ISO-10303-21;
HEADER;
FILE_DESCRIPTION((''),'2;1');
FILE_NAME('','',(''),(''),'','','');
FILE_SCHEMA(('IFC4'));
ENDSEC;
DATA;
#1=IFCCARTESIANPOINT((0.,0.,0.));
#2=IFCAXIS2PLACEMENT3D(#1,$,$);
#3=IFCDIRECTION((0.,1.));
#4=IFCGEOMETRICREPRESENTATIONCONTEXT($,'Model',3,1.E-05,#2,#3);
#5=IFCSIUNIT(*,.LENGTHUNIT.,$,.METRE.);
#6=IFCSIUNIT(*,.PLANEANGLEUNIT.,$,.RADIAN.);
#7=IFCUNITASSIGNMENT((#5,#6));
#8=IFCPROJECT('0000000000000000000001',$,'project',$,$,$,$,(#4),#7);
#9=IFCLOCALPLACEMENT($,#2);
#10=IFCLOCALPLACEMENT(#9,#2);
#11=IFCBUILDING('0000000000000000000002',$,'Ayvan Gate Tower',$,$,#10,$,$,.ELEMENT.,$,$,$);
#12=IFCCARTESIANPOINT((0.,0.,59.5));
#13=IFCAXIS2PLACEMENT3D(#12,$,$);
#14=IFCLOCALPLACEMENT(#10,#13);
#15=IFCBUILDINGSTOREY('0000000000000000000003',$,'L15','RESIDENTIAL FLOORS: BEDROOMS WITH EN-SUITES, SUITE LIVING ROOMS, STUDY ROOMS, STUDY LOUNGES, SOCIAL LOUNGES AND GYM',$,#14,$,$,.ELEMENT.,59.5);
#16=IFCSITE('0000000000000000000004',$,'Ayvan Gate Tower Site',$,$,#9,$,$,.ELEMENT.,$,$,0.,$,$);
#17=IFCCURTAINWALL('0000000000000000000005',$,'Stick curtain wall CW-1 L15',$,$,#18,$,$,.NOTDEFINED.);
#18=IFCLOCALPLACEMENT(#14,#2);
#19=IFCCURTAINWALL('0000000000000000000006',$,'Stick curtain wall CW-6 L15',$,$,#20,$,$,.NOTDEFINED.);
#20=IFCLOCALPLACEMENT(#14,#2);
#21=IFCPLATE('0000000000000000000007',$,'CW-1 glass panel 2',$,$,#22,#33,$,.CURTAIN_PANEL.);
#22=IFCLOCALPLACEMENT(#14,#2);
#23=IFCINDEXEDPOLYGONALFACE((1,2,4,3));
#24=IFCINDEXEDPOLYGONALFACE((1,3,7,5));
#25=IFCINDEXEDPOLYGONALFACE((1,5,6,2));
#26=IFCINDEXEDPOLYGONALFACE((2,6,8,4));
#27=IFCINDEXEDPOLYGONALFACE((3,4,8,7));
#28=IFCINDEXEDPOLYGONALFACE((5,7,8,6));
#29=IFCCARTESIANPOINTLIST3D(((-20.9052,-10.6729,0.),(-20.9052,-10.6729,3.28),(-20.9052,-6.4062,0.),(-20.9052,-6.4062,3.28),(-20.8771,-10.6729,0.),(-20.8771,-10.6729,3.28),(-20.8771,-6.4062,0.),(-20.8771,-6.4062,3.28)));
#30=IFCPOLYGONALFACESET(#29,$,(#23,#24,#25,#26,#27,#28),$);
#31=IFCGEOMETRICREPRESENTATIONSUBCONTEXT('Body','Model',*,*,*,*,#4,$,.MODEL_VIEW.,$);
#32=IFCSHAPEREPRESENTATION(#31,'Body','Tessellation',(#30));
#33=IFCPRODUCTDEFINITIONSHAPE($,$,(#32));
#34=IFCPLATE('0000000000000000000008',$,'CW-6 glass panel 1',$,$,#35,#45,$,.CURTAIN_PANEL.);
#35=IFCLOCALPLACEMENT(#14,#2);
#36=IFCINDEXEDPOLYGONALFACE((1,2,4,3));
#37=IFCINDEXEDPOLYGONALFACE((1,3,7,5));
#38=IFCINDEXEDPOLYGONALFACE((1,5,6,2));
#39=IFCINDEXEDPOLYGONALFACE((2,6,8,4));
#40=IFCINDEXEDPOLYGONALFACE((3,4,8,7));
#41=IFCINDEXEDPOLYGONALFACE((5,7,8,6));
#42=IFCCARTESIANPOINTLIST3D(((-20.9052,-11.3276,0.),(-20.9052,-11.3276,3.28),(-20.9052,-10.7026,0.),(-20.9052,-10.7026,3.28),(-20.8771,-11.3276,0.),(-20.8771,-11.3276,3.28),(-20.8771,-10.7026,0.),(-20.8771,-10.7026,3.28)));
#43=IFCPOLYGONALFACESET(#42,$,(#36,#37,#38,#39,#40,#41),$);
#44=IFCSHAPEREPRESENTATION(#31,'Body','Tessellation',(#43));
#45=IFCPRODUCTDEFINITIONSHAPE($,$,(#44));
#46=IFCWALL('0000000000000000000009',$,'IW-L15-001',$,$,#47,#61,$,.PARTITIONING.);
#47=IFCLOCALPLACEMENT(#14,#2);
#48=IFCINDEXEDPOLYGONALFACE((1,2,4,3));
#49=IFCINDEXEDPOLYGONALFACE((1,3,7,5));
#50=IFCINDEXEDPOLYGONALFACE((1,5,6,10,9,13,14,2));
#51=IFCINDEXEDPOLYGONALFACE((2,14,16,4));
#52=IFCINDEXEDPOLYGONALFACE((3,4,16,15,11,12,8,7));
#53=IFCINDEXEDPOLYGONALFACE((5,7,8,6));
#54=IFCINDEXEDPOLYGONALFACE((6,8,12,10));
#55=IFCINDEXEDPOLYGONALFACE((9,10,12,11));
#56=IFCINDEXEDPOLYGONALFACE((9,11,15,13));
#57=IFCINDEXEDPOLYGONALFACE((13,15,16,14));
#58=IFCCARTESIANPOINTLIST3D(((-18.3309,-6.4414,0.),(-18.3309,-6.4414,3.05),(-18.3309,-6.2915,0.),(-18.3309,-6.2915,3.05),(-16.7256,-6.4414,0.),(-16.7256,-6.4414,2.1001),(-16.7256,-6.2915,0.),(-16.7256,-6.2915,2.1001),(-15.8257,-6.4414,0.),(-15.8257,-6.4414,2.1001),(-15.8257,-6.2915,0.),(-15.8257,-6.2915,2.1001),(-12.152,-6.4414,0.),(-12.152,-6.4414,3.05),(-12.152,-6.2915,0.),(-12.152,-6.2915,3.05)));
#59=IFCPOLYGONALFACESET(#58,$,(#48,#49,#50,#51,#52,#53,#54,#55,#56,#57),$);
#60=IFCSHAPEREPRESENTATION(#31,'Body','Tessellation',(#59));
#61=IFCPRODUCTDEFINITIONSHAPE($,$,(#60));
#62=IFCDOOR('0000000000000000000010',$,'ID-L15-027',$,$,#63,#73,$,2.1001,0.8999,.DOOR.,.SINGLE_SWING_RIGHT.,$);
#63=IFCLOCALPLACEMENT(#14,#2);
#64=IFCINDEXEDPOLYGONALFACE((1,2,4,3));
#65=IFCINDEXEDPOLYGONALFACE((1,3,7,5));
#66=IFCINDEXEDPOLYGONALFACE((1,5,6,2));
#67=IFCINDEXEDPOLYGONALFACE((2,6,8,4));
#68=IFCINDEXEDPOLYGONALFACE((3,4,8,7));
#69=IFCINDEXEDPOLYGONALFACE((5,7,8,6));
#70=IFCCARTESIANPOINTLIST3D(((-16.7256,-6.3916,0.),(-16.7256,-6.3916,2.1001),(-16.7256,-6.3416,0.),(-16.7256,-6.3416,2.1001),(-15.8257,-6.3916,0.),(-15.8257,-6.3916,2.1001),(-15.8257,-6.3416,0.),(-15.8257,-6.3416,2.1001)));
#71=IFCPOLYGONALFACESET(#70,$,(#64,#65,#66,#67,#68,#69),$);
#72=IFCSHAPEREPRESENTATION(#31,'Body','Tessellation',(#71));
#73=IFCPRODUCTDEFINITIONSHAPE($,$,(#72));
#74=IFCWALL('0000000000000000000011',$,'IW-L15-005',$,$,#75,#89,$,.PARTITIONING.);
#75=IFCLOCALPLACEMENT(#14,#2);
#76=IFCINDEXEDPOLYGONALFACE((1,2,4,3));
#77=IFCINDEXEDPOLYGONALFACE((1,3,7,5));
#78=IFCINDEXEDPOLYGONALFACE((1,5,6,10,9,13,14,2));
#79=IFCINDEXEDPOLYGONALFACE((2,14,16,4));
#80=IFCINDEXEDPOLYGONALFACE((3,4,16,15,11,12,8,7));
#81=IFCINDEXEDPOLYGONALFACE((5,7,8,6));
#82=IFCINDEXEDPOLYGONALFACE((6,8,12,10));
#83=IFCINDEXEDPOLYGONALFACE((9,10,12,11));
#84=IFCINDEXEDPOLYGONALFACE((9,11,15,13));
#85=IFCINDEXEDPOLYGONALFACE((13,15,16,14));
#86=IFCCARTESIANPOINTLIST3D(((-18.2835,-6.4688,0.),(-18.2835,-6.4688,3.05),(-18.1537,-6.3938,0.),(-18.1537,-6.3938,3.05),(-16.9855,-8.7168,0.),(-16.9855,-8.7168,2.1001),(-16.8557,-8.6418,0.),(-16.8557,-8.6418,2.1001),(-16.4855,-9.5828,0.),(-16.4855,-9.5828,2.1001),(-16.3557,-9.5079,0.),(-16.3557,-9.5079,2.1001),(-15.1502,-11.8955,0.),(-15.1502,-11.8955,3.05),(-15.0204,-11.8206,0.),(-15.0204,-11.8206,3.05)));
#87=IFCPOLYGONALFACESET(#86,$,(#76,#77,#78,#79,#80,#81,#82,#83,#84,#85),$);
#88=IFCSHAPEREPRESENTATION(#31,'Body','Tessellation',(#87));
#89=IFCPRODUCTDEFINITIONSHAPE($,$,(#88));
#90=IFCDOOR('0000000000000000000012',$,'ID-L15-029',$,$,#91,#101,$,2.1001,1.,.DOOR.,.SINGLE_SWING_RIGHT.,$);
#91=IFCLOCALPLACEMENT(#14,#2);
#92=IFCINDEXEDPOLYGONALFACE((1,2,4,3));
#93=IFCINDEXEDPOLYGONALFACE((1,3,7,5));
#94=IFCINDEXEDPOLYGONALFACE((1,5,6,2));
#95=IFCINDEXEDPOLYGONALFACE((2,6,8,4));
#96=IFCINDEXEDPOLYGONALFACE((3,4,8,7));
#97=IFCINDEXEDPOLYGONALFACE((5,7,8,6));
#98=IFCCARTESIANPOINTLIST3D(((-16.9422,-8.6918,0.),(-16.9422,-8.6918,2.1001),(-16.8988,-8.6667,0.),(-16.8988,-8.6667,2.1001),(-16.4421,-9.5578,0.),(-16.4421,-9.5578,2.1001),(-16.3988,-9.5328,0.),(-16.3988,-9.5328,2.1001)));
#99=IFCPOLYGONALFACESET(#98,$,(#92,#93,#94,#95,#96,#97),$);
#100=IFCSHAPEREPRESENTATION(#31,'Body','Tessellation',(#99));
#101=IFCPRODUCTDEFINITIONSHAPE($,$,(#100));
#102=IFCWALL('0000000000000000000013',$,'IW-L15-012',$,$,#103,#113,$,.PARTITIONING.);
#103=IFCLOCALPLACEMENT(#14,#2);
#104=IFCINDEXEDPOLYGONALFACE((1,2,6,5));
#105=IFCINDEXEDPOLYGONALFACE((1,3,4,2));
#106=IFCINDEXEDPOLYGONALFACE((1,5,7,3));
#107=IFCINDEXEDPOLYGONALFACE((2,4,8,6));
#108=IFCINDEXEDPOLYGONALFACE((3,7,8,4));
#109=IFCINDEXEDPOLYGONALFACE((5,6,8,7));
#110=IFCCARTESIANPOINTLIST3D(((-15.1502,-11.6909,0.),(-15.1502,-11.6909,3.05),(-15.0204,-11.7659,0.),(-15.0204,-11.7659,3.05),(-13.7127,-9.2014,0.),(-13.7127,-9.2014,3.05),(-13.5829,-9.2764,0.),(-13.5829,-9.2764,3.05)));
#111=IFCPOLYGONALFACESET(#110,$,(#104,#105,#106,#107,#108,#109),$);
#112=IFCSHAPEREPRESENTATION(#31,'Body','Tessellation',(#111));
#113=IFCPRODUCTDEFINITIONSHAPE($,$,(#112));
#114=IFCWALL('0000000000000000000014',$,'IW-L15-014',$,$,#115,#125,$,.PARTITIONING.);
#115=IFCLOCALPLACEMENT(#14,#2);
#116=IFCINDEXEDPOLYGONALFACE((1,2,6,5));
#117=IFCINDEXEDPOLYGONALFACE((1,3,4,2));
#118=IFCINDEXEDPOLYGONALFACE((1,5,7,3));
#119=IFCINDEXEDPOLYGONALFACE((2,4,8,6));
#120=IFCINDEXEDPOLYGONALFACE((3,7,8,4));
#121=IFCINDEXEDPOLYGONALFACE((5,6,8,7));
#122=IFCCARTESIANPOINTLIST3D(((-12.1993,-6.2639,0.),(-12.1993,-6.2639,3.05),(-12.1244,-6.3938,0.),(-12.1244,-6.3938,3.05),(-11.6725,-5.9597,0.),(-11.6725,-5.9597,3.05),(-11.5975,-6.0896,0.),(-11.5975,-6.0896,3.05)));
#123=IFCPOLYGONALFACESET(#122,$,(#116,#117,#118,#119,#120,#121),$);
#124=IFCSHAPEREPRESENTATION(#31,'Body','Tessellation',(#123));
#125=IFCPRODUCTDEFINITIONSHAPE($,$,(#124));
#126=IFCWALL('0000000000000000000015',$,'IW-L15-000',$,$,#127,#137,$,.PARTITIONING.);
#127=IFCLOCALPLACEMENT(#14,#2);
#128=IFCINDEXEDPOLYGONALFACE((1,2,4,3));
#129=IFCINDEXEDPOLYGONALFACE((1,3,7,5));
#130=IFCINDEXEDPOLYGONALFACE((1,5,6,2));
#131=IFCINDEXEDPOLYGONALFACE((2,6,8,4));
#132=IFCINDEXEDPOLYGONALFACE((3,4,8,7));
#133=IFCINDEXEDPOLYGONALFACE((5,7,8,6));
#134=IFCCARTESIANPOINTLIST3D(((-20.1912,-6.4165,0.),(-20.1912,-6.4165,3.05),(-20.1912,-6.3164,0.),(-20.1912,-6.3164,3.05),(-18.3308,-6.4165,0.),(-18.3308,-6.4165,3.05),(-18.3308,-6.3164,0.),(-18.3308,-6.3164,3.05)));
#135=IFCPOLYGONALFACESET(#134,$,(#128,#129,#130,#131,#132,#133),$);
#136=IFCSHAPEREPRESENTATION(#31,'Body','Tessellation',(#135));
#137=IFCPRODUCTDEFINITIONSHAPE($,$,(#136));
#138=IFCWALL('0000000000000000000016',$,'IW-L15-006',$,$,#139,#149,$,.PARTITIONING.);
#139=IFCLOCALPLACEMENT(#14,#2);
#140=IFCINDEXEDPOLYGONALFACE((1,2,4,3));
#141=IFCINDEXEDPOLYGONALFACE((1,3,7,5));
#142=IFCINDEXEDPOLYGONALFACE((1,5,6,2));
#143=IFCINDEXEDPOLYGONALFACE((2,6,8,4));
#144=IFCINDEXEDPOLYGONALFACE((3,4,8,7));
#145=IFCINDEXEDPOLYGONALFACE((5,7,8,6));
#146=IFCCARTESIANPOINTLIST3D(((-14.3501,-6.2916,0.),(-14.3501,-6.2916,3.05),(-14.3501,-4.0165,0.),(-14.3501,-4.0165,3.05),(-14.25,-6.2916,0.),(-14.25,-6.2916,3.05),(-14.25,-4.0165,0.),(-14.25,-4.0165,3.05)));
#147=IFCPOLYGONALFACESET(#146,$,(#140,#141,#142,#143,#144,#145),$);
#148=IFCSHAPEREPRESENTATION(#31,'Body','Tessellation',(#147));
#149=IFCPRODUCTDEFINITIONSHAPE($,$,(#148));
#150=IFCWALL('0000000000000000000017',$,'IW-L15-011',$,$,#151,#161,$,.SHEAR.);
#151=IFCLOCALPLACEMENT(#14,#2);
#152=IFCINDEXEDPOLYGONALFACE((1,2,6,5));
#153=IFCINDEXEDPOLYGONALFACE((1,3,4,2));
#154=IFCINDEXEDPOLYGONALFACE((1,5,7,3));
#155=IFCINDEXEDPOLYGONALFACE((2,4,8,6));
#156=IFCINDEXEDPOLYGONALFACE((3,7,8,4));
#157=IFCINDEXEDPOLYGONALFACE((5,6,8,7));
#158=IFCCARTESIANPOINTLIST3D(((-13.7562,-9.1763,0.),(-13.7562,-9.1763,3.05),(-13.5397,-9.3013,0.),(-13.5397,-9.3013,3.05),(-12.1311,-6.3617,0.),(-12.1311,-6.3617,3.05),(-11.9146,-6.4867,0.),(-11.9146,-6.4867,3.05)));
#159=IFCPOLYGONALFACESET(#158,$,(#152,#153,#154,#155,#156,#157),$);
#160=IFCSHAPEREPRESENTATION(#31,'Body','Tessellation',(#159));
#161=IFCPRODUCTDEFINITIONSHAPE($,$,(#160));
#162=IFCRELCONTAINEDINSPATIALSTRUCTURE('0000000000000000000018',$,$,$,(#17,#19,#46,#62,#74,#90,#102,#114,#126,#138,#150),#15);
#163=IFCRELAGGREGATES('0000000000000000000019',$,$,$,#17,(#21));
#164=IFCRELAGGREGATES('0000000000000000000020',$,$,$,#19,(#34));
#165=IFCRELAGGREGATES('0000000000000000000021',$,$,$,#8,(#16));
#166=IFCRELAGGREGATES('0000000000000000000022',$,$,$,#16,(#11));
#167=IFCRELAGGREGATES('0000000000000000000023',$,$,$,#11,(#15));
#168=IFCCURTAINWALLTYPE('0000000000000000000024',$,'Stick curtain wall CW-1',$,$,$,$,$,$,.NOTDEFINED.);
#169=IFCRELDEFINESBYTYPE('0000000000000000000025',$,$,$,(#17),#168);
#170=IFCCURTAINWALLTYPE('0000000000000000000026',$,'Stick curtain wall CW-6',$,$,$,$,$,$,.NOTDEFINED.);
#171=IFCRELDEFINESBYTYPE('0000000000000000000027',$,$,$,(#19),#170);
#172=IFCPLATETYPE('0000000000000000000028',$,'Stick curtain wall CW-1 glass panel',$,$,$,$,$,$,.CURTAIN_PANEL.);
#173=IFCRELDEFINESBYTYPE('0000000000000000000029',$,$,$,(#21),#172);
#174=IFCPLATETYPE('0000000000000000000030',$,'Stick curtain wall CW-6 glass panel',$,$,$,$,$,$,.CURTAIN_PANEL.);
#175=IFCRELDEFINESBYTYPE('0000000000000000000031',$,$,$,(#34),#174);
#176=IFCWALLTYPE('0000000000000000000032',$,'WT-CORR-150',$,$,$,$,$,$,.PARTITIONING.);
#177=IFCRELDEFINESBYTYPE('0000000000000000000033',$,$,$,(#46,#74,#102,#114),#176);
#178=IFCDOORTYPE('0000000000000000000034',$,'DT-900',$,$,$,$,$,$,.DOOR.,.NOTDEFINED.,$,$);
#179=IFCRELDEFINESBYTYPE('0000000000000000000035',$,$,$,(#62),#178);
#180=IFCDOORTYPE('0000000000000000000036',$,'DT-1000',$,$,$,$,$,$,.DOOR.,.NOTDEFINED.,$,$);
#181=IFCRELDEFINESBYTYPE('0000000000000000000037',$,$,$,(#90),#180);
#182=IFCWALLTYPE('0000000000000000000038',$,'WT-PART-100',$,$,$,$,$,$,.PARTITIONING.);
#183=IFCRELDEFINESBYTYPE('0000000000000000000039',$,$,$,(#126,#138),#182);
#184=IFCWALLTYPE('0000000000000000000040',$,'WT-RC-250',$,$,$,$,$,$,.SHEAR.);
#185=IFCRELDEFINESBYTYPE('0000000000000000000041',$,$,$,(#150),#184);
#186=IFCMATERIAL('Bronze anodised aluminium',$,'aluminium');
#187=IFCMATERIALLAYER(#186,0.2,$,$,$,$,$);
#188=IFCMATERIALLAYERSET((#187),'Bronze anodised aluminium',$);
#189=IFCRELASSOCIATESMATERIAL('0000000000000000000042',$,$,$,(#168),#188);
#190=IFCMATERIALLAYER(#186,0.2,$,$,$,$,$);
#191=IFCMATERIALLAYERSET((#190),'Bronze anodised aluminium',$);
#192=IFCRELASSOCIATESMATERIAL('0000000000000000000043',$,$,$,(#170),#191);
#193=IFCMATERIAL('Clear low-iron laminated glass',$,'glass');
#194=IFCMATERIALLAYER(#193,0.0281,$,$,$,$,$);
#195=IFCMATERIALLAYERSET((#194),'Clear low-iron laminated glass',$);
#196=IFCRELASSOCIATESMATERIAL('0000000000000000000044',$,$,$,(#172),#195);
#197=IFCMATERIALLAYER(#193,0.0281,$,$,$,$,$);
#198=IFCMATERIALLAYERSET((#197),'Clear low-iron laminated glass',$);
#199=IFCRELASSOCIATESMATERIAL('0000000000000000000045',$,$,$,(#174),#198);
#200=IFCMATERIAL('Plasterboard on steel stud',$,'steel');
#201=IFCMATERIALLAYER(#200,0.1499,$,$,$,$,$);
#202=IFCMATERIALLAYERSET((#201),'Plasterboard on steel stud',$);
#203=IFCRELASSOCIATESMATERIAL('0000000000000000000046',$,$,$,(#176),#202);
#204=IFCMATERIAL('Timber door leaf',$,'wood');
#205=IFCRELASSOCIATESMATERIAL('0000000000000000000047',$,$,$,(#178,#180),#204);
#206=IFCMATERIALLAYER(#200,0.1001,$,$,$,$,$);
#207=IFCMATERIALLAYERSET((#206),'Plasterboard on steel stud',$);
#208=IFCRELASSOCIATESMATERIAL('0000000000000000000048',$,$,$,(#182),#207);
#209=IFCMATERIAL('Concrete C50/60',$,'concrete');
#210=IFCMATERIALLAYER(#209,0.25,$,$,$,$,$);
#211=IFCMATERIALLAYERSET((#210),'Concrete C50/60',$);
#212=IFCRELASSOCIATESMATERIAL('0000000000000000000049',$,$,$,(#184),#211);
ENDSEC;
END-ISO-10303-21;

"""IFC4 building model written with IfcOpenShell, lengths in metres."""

from ifc_helpers import new_model, si_unit, direction, frame, frame_2d, origin, origin_2d, place, context, subcontext, project, spatial, rectangle, extrude, material, layer, layer_set, type_object, element, fill, aggregate, save


model = new_model("IFC4")

# Units and contexts
model_context = context("Model", 3, precision=1e-05, world=origin(), true_north=direction((0.0, 1.0)))
body_context = subcontext(model_context, "Body", "Model", "MODEL_VIEW")
ifc_project = project(units=[si_unit("LENGTHUNIT", "METRE"), si_unit("PLANEANGLEUNIT", "RADIAN")], contexts=[model_context])

# Site, building, storey
site_placement = place(None, origin())
site = spatial("IfcSite", under=ifc_project, at=site_placement, Name="Ayvan Gate Tower Site", CompositionType="ELEMENT", RefElevation=0.0)
building_placement = place(site_placement, origin())
building = spatial("IfcBuilding", under=site, at=building_placement, Name="Ayvan Gate Tower", CompositionType="ELEMENT")
storey_placement = place(building_placement, frame((0.0, 0.0, 59.5)))
storey = spatial("IfcBuildingStorey", under=building, at=storey_placement, Name="L15", Description="RESIDENTIAL FLOORS: BEDROOMS WITH EN-SUITES, SUITE LIVING ROOMS, STUDY ROOMS, STUDY LOUNGES, SOCIAL LOUNGES AND GYM", CompositionType="ELEMENT", Elevation=59.5)

# Curtain walls
ifc_material_1 = material(Name="Bronze anodised aluminium", Category="aluminium")
ifc_layer_1 = layer(ifc_material_1, 0.2)
ifc_layer_set_1 = layer_set([ifc_layer_1], Name="Bronze anodised aluminium")
curtain_wall_type_1 = type_object("IfcCurtainWallType", Name="Stick curtain wall CW-1", PredefinedType="NOTDEFINED", material=ifc_layer_set_1)
curtain_wall_1_placement = place(storey_placement, origin())
curtain_wall_1 = element("IfcCurtainWall", 1, at=curtain_wall_1_placement, inside=storey, type_object=curtain_wall_type_1, Name="Stick curtain wall CW-1 L15", PredefinedType="NOTDEFINED")
ifc_layer_2 = layer(ifc_material_1, 0.2)
ifc_layer_set_2 = layer_set([ifc_layer_2], Name="Bronze anodised aluminium")
curtain_wall_type_2 = type_object("IfcCurtainWallType", Name="Stick curtain wall CW-6", PredefinedType="NOTDEFINED", material=ifc_layer_set_2)
curtain_wall_2_placement = place(storey_placement, origin())
curtain_wall_2 = element("IfcCurtainWall", 2, at=curtain_wall_2_placement, inside=storey, type_object=curtain_wall_type_2, Name="Stick curtain wall CW-6 L15", PredefinedType="NOTDEFINED")

# Plates
ifc_material_2 = material(Name="Clear low-iron laminated glass", Category="glass")
ifc_layer_3 = layer(ifc_material_2, 0.0281)
ifc_layer_set_3 = layer_set([ifc_layer_3], Name="Clear low-iron laminated glass")
plate_type_1 = type_object("IfcPlateType", Name="Stick curtain wall CW-1 glass panel", PredefinedType="CURTAIN_PANEL", material=ifc_layer_set_3)
plate_1_placement = place(storey_placement, frame((-20.8911, -8.5396, 0.0), z_axis=(0.0, 0.0, 1.0), x_axis=(0.0, -1.0, 0.0)))
plate_1 = element("IfcPlate", 3, at=plate_1_placement, type_object=plate_type_1, Name="CW-1 glass panel 2", PredefinedType="CURTAIN_PANEL", context=body_context, shape_type="SweptSolid", body=[
    extrude(rectangle(XDim=4.2666, YDim=0.0281, at=origin_2d()), origin(), (0.0, 0.0, 1.0), 3.28),
])
aggregate(curtain_wall_1, [plate_1])
ifc_layer_4 = layer(ifc_material_2, 0.0281)
ifc_layer_set_4 = layer_set([ifc_layer_4], Name="Clear low-iron laminated glass")
plate_type_2 = type_object("IfcPlateType", Name="Stick curtain wall CW-6 glass panel", PredefinedType="CURTAIN_PANEL", material=ifc_layer_set_4)
plate_2_placement = place(storey_placement, frame((-20.8911, -11.0151, 0.0), z_axis=(0.0, 0.0, 1.0), x_axis=(0.0, -1.0, 0.0)))
plate_2 = element("IfcPlate", 4, at=plate_2_placement, type_object=plate_type_2, Name="CW-6 glass panel 1", PredefinedType="CURTAIN_PANEL", context=body_context, shape_type="SweptSolid", body=[
    extrude(rectangle(XDim=0.625, YDim=0.0281, at=origin_2d()), origin(), (0.0, 0.0, 1.0), 3.28),
])
aggregate(curtain_wall_2, [plate_2])

# Walls, openings, doors
ifc_material_3 = material(Name="Plasterboard on steel stud", Category="steel")
ifc_layer_5 = layer(ifc_material_3, 0.1499)
ifc_layer_set_5 = layer_set([ifc_layer_5], Name="Plasterboard on steel stud")
wall_type_1 = type_object("IfcWallType", Name="WT-CORR-150", PredefinedType="PARTITIONING", material=ifc_layer_set_5)
wall_1_placement = place(storey_placement, frame((-18.3308, -6.3665, 0.0), z_axis=(0.0, 0.0, 1.0), x_axis=(1.0, 0.0, 0.0)))
wall_1 = element("IfcWall", 5, at=wall_1_placement, inside=storey, type_object=wall_type_1, Name="IW-L15-001", PredefinedType="PARTITIONING", context=body_context, shape_type="SweptSolid", body=[
    extrude(rectangle(XDim=6.179, YDim=0.1499, at=frame_2d((3.0894, 0.0))), origin(), (0.0, 0.0, 1.0), 3.05),
])
opening_1_placement = place(wall_1_placement, frame((1.6052, 0.0, 0.0)))
opening_1 = element("IfcOpeningElement", 6, at=opening_1_placement, cuts=wall_1, PredefinedType="OPENING", context=body_context, shape_type="SweptSolid", body=[
    extrude(rectangle(XDim=0.8999, YDim=2.1001, at=frame_2d((0.45, 1.05))), frame((0.0, 0.085, 0.0), z_axis=(0.0, -1.0, 0.0), x_axis=(1.0, 0.0, 0.0)), (0.0, 0.0, 1.0), 0.1699),
])
ifc_material_4 = material(Name="Timber door leaf", Category="wood")
door_type_1 = type_object("IfcDoorType", Name="DT-900", OperationType="NOTDEFINED", PredefinedType="DOOR", material=ifc_material_4)
door_1_placement = place(opening_1_placement, origin())
door_1 = element("IfcDoor", 7, at=door_1_placement, inside=storey, type_object=door_type_1, Name="ID-L15-027", OperationType="SINGLE_SWING_RIGHT", OverallHeight=2.1001, OverallWidth=0.8999, PredefinedType="DOOR", context=body_context, shape_type="SweptSolid", body=[
    extrude(rectangle(XDim=0.8999, YDim=2.1001, at=frame_2d((0.45, 1.05))), frame((0.0, 0.0249, 0.0), z_axis=(0.0, -1.0, 0.0), x_axis=(1.0, 0.0, 0.0)), (0.0, 0.0, 1.0), 0.05),
])
fill(opening_1, door_1)
wall_2_placement = place(storey_placement, frame((-15.0852, -11.8582, 0.0), z_axis=(0.0, 0.0, 1.0), x_axis=(-0.500019, 0.866014, 0.0)))
wall_2 = element("IfcWall", 8, at=wall_2_placement, inside=storey, type_object=wall_type_1, Name="IW-L15-005", PredefinedType="PARTITIONING", context=body_context, shape_type="SweptSolid", body=[
    extrude(rectangle(XDim=6.2664, YDim=0.1499, at=frame_2d((3.1333, 0.0))), origin(), (0.0, 0.0, 1.0), 3.05),
])
opening_2_placement = place(wall_2_placement, frame((2.6707, 0.0, 0.0)))
opening_2 = element("IfcOpeningElement", 9, at=opening_2_placement, cuts=wall_2, PredefinedType="OPENING", context=body_context, shape_type="SweptSolid", body=[
    extrude(rectangle(XDim=1.0, YDim=2.1001, at=frame_2d((0.5, 1.05))), frame((0.0, 0.085, 0.0), z_axis=(0.0, -1.0, 0.0), x_axis=(1.0, 0.0, 0.0)), (0.0, 0.0, 1.0), 0.1699),
])
door_type_2 = type_object("IfcDoorType", Name="DT-1000", OperationType="NOTDEFINED", PredefinedType="DOOR", material=ifc_material_4)
door_2_placement = place(opening_2_placement, origin())
door_2 = element("IfcDoor", 10, at=door_2_placement, inside=storey, type_object=door_type_2, Name="ID-L15-029", OperationType="SINGLE_SWING_RIGHT", OverallHeight=2.1001, OverallWidth=1.0, PredefinedType="DOOR", context=body_context, shape_type="SweptSolid", body=[
    extrude(rectangle(XDim=1.0, YDim=2.1001, at=frame_2d((0.5, 1.05))), frame((0.0, 0.0249, 0.0), z_axis=(0.0, -1.0, 0.0), x_axis=(1.0, 0.0, 0.0)), (0.0, 0.0, 1.0), 0.05),
])
fill(opening_2, door_2)

# Walls
wall_3_placement = place(storey_placement, frame((-13.6477, -9.2388, 0.0), z_axis=(0.0, 0.0, 1.0), x_axis=(-0.500048, -0.865997, 0.0)))
element("IfcWall", 11, at=wall_3_placement, inside=storey, type_object=wall_type_1, Name="IW-L15-012", PredefinedType="PARTITIONING", context=body_context, shape_type="SweptSolid", body=[
    extrude(rectangle(XDim=2.8748, YDim=0.1499, at=frame_2d((1.4375, 0.0))), origin(), (0.0, 0.0, 1.0), 3.05),
])
wall_4_placement = place(storey_placement, frame((-12.1619, -6.3289, 0.0), z_axis=(0.0, 0.0, 1.0), x_axis=(0.866012, 0.500024, 0.0)))
element("IfcWall", 12, at=wall_4_placement, inside=storey, type_object=wall_type_1, Name="IW-L15-014", PredefinedType="PARTITIONING", context=body_context, shape_type="SweptSolid", body=[
    extrude(rectangle(XDim=0.6084, YDim=0.1499, at=frame_2d((0.3042, 0.0))), origin(), (0.0, 0.0, 1.0), 3.05),
])
ifc_layer_6 = layer(ifc_material_3, 0.1001)
ifc_layer_set_6 = layer_set([ifc_layer_6], Name="Plasterboard on steel stud")
wall_type_2 = type_object("IfcWallType", Name="WT-PART-100", PredefinedType="PARTITIONING", material=ifc_layer_set_6)
wall_5_placement = place(storey_placement, frame((-18.3308, -6.3665, 0.0), z_axis=(0.0, 0.0, 1.0), x_axis=(-1.0, 0.0, 0.0)))
element("IfcWall", 13, at=wall_5_placement, inside=storey, type_object=wall_type_2, Name="IW-L15-000", PredefinedType="PARTITIONING", context=body_context, shape_type="SweptSolid", body=[
    extrude(rectangle(XDim=1.8604, YDim=0.1001, at=frame_2d((0.9302, 0.0))), origin(), (0.0, 0.0, 1.0), 3.05),
])
wall_6_placement = place(storey_placement, frame((-14.3, -4.0164, 0.0), z_axis=(0.0, 0.0, 1.0), x_axis=(0.0, -1.0, 0.0)))
element("IfcWall", 14, at=wall_6_placement, inside=storey, type_object=wall_type_2, Name="IW-L15-006", PredefinedType="PARTITIONING", context=body_context, shape_type="SweptSolid", body=[
    extrude(rectangle(XDim=2.2751, YDim=0.1001, at=frame_2d((1.1377, 0.0))), origin(), (0.0, 0.0, 1.0), 3.05),
])
ifc_material_5 = material(Name="Concrete C50/60", Category="concrete")
ifc_layer_7 = layer(ifc_material_5, 0.25)
ifc_layer_set_7 = layer_set([ifc_layer_7], Name="Concrete C50/60")
wall_type_3 = type_object("IfcWallType", Name="WT-RC-250", PredefinedType="SHEAR", material=ifc_layer_set_7)
wall_7_placement = place(storey_placement, frame((-13.6479, -9.2388, 0.0), z_axis=(0.0, 0.0, 1.0), x_axis=(0.500017, 0.866015, 0.0)))
element("IfcWall", 15, at=wall_7_placement, inside=storey, type_object=wall_type_3, Name="IW-L15-011", PredefinedType="SHEAR", context=body_context, shape_type="SweptSolid", body=[
    extrude(rectangle(XDim=3.25, YDim=0.25, at=frame_2d((1.625, 0.0))), origin(), (0.0, 0.0, 1.0), 3.05),
])

save(model, "model.ifc")
